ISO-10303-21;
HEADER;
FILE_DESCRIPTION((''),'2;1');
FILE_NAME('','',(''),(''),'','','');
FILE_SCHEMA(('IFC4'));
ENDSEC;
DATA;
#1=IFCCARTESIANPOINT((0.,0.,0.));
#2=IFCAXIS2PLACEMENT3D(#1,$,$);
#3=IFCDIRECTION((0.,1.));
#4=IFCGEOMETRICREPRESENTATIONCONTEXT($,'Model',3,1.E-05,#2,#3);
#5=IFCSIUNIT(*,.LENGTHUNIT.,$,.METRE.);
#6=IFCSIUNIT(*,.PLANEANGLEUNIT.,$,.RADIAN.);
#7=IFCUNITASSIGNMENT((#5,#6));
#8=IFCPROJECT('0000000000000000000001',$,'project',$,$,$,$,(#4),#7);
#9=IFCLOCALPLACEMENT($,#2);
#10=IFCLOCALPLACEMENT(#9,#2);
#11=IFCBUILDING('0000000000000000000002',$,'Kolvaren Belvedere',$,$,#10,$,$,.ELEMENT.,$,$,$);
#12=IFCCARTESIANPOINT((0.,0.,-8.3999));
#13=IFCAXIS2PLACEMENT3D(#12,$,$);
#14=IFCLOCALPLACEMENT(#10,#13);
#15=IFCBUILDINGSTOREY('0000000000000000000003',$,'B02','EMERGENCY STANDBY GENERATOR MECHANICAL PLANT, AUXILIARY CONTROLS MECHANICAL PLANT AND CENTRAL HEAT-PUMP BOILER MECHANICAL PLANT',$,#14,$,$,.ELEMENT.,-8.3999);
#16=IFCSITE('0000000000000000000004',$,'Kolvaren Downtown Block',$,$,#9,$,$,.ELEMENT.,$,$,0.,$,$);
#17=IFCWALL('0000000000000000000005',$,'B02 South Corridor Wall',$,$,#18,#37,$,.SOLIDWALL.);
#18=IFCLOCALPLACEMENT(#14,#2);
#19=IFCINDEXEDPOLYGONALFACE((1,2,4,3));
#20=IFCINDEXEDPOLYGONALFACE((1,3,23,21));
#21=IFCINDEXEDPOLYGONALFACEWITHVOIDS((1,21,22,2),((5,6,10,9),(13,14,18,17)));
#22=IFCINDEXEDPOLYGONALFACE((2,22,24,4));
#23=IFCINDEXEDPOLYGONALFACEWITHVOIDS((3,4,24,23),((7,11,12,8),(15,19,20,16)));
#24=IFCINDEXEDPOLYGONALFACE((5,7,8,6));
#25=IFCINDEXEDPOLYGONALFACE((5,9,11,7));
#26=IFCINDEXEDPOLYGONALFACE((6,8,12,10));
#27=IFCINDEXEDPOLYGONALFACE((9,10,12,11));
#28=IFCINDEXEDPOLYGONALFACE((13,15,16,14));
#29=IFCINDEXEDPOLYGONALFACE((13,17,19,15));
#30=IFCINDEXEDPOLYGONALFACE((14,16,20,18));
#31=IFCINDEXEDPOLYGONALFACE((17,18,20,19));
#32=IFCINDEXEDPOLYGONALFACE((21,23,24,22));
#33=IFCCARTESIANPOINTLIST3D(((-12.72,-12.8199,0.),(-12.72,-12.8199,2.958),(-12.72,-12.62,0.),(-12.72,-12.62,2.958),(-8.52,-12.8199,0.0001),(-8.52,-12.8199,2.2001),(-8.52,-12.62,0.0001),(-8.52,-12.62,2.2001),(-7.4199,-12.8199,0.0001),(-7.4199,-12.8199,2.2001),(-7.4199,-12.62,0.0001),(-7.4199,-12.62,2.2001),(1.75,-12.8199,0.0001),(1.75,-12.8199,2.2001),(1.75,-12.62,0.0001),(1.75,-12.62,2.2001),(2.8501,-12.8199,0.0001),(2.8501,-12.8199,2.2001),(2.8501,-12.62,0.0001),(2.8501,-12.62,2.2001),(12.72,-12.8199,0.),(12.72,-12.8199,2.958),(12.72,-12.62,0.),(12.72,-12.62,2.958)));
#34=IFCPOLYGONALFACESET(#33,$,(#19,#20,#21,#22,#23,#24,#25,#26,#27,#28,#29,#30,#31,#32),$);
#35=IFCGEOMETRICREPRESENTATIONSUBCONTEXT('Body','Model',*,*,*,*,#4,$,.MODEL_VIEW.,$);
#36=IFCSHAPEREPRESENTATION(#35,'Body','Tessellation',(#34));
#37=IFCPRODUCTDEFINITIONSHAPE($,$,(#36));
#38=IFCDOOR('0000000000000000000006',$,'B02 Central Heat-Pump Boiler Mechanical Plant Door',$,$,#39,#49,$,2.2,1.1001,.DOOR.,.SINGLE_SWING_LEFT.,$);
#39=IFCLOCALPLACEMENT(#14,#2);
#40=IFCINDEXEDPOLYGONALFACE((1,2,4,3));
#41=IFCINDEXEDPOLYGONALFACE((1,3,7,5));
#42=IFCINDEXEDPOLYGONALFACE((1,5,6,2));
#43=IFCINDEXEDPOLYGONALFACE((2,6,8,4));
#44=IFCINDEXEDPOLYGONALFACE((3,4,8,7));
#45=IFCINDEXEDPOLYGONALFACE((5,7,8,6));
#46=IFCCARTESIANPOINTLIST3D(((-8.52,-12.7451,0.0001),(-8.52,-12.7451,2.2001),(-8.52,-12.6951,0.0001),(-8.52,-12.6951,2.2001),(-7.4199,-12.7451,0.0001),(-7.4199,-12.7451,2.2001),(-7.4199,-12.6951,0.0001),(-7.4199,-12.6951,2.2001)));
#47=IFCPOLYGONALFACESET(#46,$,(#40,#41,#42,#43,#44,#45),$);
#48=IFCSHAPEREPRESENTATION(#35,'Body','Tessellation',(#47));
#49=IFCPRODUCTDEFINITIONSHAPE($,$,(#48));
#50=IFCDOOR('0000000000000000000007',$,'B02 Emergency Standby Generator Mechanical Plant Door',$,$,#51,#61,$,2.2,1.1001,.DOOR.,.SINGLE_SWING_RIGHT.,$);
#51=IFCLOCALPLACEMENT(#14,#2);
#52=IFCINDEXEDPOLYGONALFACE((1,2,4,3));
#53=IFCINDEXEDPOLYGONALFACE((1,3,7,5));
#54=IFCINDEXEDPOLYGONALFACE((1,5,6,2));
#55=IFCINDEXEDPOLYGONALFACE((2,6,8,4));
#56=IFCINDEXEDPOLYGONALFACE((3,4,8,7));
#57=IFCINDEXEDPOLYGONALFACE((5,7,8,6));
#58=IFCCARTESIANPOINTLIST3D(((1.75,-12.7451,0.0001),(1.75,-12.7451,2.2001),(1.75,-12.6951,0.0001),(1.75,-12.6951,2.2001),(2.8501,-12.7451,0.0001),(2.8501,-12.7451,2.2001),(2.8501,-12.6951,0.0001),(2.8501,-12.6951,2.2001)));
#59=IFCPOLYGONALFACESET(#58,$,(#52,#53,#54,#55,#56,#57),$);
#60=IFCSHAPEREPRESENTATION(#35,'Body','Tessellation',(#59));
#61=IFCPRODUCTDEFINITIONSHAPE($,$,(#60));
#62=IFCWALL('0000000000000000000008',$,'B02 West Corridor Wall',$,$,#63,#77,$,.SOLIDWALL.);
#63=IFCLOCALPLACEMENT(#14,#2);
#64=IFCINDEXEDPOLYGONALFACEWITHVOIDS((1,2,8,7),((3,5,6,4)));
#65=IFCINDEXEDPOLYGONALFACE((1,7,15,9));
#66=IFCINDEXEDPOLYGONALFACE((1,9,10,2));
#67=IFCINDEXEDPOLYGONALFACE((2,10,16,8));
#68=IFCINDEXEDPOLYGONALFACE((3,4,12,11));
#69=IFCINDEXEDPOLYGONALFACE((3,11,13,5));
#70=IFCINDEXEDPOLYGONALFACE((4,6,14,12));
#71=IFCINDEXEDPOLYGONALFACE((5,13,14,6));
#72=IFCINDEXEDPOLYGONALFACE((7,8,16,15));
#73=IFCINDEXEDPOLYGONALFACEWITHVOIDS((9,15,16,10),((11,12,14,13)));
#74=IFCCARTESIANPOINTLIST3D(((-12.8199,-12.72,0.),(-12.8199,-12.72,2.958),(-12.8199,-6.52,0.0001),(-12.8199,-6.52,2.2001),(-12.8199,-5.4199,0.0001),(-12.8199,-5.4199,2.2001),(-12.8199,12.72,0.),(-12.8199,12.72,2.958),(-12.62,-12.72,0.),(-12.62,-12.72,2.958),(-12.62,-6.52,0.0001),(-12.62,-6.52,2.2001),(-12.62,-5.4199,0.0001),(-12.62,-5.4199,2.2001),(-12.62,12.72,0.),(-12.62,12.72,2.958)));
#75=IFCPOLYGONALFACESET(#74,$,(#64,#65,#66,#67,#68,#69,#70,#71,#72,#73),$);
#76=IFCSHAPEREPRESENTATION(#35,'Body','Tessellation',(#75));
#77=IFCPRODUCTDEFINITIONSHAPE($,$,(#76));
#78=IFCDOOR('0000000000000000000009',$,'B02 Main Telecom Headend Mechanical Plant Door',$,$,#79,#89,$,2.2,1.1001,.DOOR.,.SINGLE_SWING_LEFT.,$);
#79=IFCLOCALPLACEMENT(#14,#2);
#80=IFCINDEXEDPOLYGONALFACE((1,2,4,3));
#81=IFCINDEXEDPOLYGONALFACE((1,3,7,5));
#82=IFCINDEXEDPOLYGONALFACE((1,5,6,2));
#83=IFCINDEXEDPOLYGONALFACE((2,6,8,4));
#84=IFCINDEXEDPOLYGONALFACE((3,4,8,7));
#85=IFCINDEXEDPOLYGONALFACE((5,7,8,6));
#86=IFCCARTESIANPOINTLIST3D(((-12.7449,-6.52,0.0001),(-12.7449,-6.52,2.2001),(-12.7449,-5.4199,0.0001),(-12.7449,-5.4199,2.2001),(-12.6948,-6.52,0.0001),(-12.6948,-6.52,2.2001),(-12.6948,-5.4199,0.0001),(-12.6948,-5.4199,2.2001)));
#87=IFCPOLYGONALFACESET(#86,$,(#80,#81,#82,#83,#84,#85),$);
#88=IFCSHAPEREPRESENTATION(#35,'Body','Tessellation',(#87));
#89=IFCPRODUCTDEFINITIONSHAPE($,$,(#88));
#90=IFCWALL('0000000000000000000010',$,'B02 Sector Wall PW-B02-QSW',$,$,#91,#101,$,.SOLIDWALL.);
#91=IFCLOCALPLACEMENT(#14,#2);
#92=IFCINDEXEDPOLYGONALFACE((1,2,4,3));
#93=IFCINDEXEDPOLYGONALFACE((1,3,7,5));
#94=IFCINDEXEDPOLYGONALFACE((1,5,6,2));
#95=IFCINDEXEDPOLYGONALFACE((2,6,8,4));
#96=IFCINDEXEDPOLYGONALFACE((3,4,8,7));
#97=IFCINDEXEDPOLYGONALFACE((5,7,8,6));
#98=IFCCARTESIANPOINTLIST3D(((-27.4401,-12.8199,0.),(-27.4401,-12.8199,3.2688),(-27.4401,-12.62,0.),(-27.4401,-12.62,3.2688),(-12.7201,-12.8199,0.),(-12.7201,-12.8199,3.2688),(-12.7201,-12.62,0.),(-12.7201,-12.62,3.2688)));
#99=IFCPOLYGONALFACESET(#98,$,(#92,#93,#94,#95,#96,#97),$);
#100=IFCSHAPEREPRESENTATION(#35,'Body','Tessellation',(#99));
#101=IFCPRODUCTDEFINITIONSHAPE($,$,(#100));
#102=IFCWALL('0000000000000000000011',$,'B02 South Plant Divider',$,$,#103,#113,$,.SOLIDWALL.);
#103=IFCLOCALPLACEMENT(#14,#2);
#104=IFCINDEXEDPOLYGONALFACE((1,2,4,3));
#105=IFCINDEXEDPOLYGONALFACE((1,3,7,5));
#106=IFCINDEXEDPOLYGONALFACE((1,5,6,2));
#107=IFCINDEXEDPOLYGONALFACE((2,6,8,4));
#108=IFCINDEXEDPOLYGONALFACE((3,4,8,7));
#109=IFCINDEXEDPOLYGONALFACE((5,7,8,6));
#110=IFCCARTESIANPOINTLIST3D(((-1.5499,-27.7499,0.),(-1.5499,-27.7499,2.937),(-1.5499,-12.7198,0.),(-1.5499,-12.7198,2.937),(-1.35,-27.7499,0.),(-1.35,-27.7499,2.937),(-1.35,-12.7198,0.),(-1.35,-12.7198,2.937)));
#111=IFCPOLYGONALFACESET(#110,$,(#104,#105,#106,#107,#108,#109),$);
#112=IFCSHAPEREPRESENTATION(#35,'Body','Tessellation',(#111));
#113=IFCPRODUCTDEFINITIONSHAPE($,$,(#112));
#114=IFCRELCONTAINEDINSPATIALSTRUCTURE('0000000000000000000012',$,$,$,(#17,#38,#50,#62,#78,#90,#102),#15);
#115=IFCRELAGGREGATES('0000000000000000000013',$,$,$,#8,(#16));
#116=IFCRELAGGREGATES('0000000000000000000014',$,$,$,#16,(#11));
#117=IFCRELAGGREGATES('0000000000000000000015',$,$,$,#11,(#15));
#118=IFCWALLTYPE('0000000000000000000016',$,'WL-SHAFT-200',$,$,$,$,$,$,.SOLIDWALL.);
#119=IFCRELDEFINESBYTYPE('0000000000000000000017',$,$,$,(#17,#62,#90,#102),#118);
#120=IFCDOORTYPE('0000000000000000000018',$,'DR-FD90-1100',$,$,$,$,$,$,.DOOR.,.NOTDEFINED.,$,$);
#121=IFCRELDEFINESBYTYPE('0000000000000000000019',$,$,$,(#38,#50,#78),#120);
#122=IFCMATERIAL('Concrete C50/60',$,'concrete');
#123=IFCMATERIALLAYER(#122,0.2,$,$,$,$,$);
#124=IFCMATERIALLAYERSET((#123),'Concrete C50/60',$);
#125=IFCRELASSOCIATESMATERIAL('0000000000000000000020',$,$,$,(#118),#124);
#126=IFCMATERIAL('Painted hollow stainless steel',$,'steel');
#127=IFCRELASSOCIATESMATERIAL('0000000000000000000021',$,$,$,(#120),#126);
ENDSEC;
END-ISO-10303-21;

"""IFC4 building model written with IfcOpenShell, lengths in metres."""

from ifc_helpers import new_model, si_unit, direction, frame, frame_2d, origin, place, context, subcontext, project, spatial, rectangle, extrude, material, layer, layer_set, type_object, element, fill, save


model = new_model("IFC4")

# Units and contexts
model_context = context("Model", 3, precision=1e-05, world=origin(), true_north=direction((0.0, 1.0)))
body_context = subcontext(model_context, "Body", "Model", "MODEL_VIEW")
ifc_project = project(units=[si_unit("LENGTHUNIT", "METRE"), si_unit("PLANEANGLEUNIT", "RADIAN")], contexts=[model_context])

# Site, building, storey
site_placement = place(None, origin())
site = spatial("IfcSite", under=ifc_project, at=site_placement, Name="Kolvaren Downtown Block", CompositionType="ELEMENT", RefElevation=0.0)
building_placement = place(site_placement, origin())
building = spatial("IfcBuilding", under=site, at=building_placement, Name="Kolvaren Belvedere", CompositionType="ELEMENT")
storey_placement = place(building_placement, frame((0.0, 0.0, -8.3999)))
storey = spatial("IfcBuildingStorey", under=building, at=storey_placement, Name="B02", Description="EMERGENCY STANDBY GENERATOR MECHANICAL PLANT, AUXILIARY CONTROLS MECHANICAL PLANT AND CENTRAL HEAT-PUMP BOILER MECHANICAL PLANT", CompositionType="ELEMENT", Elevation=-8.3999)

# Wall, openings, doors
ifc_material_1 = material(Name="Concrete C50/60", Category="concrete")
ifc_layer_1 = layer(ifc_material_1, 0.2)
ifc_layer_set_1 = layer_set([ifc_layer_1], Name="Concrete C50/60")
wall_type_1 = type_object("IfcWallType", Name="WL-SHAFT-200", PredefinedType="SOLIDWALL", material=ifc_layer_set_1)
wall_1_placement = place(storey_placement, frame((-12.72, -12.72, 0.0), z_axis=(0.0, 0.0, 1.0), x_axis=(1.0, 0.0, 0.0)))
wall_1 = element("IfcWall", 1, at=wall_1_placement, inside=storey, type_object=wall_type_1, Name="B02 South Corridor Wall", PredefinedType="SOLIDWALL", context=body_context, shape_type="SweptSolid", body=[
    extrude(rectangle(XDim=25.4399, YDim=0.2, at=frame_2d((12.72, 0.0))), origin(), (0.0, 0.0, 1.0), 2.958),
])
opening_1_placement = place(wall_1_placement, frame((4.2, 0.0, 0.0)))
opening_1 = element("IfcOpeningElement", 2, at=opening_1_placement, cuts=wall_1, PredefinedType="OPENING", context=body_context, shape_type="SweptSolid", body=[
    extrude(rectangle(XDim=1.1001, YDim=2.2, at=frame_2d((0.55, 1.1001))), frame((0.0, 0.1099, 0.0), z_axis=(0.0, -1.0, 0.0), x_axis=(1.0, 0.0, 0.0)), (0.0, 0.0, 1.0), 0.22),
])
opening_2_placement = place(wall_1_placement, frame((14.47, 0.0, 0.0)))
opening_2 = element("IfcOpeningElement", 3, at=opening_2_placement, cuts=wall_1, PredefinedType="OPENING", context=body_context, shape_type="SweptSolid", body=[
    extrude(rectangle(XDim=1.1001, YDim=2.2, at=frame_2d((0.55, 1.1001))), frame((0.0, 0.1099, 0.0), z_axis=(0.0, -1.0, 0.0), x_axis=(1.0, 0.0, 0.0)), (0.0, 0.0, 1.0), 0.22),
])
ifc_material_2 = material(Name="Painted hollow stainless steel", Category="steel")
door_type = type_object("IfcDoorType", Name="DR-FD90-1100", OperationType="NOTDEFINED", PredefinedType="DOOR", material=ifc_material_2)
door_1_placement = place(opening_1_placement, origin())
door_1 = element("IfcDoor", 4, at=door_1_placement, inside=storey, type_object=door_type, Name="B02 Central Heat-Pump Boiler Mechanical Plant Door", OperationType="SINGLE_SWING_LEFT", OverallHeight=2.2, OverallWidth=1.1001, PredefinedType="DOOR", context=body_context, shape_type="SweptSolid", body=[
    extrude(rectangle(XDim=1.1001, YDim=2.2, at=frame_2d((0.55, 1.1001))), frame((0.0, 0.0249, 0.0), z_axis=(0.0, -1.0, 0.0), x_axis=(1.0, 0.0, 0.0)), (0.0, 0.0, 1.0), 0.05),
])
fill(opening_1, door_1)
door_2_placement = place(opening_2_placement, origin())
door_2 = element("IfcDoor", 5, at=door_2_placement, inside=storey, type_object=door_type, Name="B02 Emergency Standby Generator Mechanical Plant Door", OperationType="SINGLE_SWING_RIGHT", OverallHeight=2.2, OverallWidth=1.1001, PredefinedType="DOOR", context=body_context, shape_type="SweptSolid", body=[
    extrude(rectangle(XDim=1.1001, YDim=2.2, at=frame_2d((0.55, 1.1001))), frame((0.0, 0.0249, 0.0), z_axis=(0.0, -1.0, 0.0), x_axis=(1.0, 0.0, 0.0)), (0.0, 0.0, 1.0), 0.05),
])
fill(opening_2, door_2)

# Wall, opening, door
wall_2_placement = place(storey_placement, frame((-12.72, -12.72, 0.0), z_axis=(0.0, 0.0, 1.0), x_axis=(0.0, 1.0, 0.0)))
wall_2 = element("IfcWall", 6, at=wall_2_placement, inside=storey, type_object=wall_type_1, Name="B02 West Corridor Wall", PredefinedType="SOLIDWALL", context=body_context, shape_type="SweptSolid", body=[
    extrude(rectangle(XDim=25.4399, YDim=0.2, at=frame_2d((12.72, 0.0))), origin(), (0.0, 0.0, 1.0), 2.958),
])
opening_3_placement = place(wall_2_placement, frame((6.2, 0.0, 0.0)))
opening_3 = element("IfcOpeningElement", 7, at=opening_3_placement, cuts=wall_2, PredefinedType="OPENING", context=body_context, shape_type="SweptSolid", body=[
    extrude(rectangle(XDim=1.1001, YDim=2.2, at=frame_2d((0.55, 1.1001))), frame((0.0, 0.1099, 0.0), z_axis=(0.0, -1.0, 0.0), x_axis=(1.0, 0.0, 0.0)), (0.0, 0.0, 1.0), 0.22),
])
door_3_placement = place(opening_3_placement, origin())
door_3 = element("IfcDoor", 8, at=door_3_placement, inside=storey, type_object=door_type, Name="B02 Main Telecom Headend Mechanical Plant Door", OperationType="SINGLE_SWING_LEFT", OverallHeight=2.2, OverallWidth=1.1001, PredefinedType="DOOR", context=body_context, shape_type="SweptSolid", body=[
    extrude(rectangle(XDim=1.1001, YDim=2.2, at=frame_2d((0.55, 1.1001))), frame((0.0, 0.0249, 0.0), z_axis=(0.0, -1.0, 0.0), x_axis=(1.0, 0.0, 0.0)), (0.0, 0.0, 1.0), 0.05),
])
fill(opening_3, door_3)

# Walls
wall_3_placement = place(storey_placement, frame((-27.4399, -12.72, 0.0), z_axis=(0.0, 0.0, 1.0), x_axis=(1.0, 0.0, 0.0)))
element("IfcWall", 9, at=wall_3_placement, inside=storey, type_object=wall_type_1, Name="B02 Sector Wall PW-B02-QSW", PredefinedType="SOLIDWALL", context=body_context, shape_type="SweptSolid", body=[
    extrude(rectangle(XDim=14.72, YDim=0.2, at=frame_2d((7.3599, 0.0))), origin(), (0.0, 0.0, 1.0), 3.2688),
])
wall_4_placement = place(storey_placement, frame((-1.45, -27.75, 0.0), z_axis=(0.0, 0.0, 1.0), x_axis=(0.0, 1.0, 0.0)))
element("IfcWall", 10, at=wall_4_placement, inside=storey, type_object=wall_type_1, Name="B02 South Plant Divider", PredefinedType="SOLIDWALL", context=body_context, shape_type="SweptSolid", body=[
    extrude(rectangle(XDim=15.03, YDim=0.2, at=frame_2d((7.5151, 0.0))), origin(), (0.0, 0.0, 1.0), 2.937),
])

save(model, "model.ifc")
